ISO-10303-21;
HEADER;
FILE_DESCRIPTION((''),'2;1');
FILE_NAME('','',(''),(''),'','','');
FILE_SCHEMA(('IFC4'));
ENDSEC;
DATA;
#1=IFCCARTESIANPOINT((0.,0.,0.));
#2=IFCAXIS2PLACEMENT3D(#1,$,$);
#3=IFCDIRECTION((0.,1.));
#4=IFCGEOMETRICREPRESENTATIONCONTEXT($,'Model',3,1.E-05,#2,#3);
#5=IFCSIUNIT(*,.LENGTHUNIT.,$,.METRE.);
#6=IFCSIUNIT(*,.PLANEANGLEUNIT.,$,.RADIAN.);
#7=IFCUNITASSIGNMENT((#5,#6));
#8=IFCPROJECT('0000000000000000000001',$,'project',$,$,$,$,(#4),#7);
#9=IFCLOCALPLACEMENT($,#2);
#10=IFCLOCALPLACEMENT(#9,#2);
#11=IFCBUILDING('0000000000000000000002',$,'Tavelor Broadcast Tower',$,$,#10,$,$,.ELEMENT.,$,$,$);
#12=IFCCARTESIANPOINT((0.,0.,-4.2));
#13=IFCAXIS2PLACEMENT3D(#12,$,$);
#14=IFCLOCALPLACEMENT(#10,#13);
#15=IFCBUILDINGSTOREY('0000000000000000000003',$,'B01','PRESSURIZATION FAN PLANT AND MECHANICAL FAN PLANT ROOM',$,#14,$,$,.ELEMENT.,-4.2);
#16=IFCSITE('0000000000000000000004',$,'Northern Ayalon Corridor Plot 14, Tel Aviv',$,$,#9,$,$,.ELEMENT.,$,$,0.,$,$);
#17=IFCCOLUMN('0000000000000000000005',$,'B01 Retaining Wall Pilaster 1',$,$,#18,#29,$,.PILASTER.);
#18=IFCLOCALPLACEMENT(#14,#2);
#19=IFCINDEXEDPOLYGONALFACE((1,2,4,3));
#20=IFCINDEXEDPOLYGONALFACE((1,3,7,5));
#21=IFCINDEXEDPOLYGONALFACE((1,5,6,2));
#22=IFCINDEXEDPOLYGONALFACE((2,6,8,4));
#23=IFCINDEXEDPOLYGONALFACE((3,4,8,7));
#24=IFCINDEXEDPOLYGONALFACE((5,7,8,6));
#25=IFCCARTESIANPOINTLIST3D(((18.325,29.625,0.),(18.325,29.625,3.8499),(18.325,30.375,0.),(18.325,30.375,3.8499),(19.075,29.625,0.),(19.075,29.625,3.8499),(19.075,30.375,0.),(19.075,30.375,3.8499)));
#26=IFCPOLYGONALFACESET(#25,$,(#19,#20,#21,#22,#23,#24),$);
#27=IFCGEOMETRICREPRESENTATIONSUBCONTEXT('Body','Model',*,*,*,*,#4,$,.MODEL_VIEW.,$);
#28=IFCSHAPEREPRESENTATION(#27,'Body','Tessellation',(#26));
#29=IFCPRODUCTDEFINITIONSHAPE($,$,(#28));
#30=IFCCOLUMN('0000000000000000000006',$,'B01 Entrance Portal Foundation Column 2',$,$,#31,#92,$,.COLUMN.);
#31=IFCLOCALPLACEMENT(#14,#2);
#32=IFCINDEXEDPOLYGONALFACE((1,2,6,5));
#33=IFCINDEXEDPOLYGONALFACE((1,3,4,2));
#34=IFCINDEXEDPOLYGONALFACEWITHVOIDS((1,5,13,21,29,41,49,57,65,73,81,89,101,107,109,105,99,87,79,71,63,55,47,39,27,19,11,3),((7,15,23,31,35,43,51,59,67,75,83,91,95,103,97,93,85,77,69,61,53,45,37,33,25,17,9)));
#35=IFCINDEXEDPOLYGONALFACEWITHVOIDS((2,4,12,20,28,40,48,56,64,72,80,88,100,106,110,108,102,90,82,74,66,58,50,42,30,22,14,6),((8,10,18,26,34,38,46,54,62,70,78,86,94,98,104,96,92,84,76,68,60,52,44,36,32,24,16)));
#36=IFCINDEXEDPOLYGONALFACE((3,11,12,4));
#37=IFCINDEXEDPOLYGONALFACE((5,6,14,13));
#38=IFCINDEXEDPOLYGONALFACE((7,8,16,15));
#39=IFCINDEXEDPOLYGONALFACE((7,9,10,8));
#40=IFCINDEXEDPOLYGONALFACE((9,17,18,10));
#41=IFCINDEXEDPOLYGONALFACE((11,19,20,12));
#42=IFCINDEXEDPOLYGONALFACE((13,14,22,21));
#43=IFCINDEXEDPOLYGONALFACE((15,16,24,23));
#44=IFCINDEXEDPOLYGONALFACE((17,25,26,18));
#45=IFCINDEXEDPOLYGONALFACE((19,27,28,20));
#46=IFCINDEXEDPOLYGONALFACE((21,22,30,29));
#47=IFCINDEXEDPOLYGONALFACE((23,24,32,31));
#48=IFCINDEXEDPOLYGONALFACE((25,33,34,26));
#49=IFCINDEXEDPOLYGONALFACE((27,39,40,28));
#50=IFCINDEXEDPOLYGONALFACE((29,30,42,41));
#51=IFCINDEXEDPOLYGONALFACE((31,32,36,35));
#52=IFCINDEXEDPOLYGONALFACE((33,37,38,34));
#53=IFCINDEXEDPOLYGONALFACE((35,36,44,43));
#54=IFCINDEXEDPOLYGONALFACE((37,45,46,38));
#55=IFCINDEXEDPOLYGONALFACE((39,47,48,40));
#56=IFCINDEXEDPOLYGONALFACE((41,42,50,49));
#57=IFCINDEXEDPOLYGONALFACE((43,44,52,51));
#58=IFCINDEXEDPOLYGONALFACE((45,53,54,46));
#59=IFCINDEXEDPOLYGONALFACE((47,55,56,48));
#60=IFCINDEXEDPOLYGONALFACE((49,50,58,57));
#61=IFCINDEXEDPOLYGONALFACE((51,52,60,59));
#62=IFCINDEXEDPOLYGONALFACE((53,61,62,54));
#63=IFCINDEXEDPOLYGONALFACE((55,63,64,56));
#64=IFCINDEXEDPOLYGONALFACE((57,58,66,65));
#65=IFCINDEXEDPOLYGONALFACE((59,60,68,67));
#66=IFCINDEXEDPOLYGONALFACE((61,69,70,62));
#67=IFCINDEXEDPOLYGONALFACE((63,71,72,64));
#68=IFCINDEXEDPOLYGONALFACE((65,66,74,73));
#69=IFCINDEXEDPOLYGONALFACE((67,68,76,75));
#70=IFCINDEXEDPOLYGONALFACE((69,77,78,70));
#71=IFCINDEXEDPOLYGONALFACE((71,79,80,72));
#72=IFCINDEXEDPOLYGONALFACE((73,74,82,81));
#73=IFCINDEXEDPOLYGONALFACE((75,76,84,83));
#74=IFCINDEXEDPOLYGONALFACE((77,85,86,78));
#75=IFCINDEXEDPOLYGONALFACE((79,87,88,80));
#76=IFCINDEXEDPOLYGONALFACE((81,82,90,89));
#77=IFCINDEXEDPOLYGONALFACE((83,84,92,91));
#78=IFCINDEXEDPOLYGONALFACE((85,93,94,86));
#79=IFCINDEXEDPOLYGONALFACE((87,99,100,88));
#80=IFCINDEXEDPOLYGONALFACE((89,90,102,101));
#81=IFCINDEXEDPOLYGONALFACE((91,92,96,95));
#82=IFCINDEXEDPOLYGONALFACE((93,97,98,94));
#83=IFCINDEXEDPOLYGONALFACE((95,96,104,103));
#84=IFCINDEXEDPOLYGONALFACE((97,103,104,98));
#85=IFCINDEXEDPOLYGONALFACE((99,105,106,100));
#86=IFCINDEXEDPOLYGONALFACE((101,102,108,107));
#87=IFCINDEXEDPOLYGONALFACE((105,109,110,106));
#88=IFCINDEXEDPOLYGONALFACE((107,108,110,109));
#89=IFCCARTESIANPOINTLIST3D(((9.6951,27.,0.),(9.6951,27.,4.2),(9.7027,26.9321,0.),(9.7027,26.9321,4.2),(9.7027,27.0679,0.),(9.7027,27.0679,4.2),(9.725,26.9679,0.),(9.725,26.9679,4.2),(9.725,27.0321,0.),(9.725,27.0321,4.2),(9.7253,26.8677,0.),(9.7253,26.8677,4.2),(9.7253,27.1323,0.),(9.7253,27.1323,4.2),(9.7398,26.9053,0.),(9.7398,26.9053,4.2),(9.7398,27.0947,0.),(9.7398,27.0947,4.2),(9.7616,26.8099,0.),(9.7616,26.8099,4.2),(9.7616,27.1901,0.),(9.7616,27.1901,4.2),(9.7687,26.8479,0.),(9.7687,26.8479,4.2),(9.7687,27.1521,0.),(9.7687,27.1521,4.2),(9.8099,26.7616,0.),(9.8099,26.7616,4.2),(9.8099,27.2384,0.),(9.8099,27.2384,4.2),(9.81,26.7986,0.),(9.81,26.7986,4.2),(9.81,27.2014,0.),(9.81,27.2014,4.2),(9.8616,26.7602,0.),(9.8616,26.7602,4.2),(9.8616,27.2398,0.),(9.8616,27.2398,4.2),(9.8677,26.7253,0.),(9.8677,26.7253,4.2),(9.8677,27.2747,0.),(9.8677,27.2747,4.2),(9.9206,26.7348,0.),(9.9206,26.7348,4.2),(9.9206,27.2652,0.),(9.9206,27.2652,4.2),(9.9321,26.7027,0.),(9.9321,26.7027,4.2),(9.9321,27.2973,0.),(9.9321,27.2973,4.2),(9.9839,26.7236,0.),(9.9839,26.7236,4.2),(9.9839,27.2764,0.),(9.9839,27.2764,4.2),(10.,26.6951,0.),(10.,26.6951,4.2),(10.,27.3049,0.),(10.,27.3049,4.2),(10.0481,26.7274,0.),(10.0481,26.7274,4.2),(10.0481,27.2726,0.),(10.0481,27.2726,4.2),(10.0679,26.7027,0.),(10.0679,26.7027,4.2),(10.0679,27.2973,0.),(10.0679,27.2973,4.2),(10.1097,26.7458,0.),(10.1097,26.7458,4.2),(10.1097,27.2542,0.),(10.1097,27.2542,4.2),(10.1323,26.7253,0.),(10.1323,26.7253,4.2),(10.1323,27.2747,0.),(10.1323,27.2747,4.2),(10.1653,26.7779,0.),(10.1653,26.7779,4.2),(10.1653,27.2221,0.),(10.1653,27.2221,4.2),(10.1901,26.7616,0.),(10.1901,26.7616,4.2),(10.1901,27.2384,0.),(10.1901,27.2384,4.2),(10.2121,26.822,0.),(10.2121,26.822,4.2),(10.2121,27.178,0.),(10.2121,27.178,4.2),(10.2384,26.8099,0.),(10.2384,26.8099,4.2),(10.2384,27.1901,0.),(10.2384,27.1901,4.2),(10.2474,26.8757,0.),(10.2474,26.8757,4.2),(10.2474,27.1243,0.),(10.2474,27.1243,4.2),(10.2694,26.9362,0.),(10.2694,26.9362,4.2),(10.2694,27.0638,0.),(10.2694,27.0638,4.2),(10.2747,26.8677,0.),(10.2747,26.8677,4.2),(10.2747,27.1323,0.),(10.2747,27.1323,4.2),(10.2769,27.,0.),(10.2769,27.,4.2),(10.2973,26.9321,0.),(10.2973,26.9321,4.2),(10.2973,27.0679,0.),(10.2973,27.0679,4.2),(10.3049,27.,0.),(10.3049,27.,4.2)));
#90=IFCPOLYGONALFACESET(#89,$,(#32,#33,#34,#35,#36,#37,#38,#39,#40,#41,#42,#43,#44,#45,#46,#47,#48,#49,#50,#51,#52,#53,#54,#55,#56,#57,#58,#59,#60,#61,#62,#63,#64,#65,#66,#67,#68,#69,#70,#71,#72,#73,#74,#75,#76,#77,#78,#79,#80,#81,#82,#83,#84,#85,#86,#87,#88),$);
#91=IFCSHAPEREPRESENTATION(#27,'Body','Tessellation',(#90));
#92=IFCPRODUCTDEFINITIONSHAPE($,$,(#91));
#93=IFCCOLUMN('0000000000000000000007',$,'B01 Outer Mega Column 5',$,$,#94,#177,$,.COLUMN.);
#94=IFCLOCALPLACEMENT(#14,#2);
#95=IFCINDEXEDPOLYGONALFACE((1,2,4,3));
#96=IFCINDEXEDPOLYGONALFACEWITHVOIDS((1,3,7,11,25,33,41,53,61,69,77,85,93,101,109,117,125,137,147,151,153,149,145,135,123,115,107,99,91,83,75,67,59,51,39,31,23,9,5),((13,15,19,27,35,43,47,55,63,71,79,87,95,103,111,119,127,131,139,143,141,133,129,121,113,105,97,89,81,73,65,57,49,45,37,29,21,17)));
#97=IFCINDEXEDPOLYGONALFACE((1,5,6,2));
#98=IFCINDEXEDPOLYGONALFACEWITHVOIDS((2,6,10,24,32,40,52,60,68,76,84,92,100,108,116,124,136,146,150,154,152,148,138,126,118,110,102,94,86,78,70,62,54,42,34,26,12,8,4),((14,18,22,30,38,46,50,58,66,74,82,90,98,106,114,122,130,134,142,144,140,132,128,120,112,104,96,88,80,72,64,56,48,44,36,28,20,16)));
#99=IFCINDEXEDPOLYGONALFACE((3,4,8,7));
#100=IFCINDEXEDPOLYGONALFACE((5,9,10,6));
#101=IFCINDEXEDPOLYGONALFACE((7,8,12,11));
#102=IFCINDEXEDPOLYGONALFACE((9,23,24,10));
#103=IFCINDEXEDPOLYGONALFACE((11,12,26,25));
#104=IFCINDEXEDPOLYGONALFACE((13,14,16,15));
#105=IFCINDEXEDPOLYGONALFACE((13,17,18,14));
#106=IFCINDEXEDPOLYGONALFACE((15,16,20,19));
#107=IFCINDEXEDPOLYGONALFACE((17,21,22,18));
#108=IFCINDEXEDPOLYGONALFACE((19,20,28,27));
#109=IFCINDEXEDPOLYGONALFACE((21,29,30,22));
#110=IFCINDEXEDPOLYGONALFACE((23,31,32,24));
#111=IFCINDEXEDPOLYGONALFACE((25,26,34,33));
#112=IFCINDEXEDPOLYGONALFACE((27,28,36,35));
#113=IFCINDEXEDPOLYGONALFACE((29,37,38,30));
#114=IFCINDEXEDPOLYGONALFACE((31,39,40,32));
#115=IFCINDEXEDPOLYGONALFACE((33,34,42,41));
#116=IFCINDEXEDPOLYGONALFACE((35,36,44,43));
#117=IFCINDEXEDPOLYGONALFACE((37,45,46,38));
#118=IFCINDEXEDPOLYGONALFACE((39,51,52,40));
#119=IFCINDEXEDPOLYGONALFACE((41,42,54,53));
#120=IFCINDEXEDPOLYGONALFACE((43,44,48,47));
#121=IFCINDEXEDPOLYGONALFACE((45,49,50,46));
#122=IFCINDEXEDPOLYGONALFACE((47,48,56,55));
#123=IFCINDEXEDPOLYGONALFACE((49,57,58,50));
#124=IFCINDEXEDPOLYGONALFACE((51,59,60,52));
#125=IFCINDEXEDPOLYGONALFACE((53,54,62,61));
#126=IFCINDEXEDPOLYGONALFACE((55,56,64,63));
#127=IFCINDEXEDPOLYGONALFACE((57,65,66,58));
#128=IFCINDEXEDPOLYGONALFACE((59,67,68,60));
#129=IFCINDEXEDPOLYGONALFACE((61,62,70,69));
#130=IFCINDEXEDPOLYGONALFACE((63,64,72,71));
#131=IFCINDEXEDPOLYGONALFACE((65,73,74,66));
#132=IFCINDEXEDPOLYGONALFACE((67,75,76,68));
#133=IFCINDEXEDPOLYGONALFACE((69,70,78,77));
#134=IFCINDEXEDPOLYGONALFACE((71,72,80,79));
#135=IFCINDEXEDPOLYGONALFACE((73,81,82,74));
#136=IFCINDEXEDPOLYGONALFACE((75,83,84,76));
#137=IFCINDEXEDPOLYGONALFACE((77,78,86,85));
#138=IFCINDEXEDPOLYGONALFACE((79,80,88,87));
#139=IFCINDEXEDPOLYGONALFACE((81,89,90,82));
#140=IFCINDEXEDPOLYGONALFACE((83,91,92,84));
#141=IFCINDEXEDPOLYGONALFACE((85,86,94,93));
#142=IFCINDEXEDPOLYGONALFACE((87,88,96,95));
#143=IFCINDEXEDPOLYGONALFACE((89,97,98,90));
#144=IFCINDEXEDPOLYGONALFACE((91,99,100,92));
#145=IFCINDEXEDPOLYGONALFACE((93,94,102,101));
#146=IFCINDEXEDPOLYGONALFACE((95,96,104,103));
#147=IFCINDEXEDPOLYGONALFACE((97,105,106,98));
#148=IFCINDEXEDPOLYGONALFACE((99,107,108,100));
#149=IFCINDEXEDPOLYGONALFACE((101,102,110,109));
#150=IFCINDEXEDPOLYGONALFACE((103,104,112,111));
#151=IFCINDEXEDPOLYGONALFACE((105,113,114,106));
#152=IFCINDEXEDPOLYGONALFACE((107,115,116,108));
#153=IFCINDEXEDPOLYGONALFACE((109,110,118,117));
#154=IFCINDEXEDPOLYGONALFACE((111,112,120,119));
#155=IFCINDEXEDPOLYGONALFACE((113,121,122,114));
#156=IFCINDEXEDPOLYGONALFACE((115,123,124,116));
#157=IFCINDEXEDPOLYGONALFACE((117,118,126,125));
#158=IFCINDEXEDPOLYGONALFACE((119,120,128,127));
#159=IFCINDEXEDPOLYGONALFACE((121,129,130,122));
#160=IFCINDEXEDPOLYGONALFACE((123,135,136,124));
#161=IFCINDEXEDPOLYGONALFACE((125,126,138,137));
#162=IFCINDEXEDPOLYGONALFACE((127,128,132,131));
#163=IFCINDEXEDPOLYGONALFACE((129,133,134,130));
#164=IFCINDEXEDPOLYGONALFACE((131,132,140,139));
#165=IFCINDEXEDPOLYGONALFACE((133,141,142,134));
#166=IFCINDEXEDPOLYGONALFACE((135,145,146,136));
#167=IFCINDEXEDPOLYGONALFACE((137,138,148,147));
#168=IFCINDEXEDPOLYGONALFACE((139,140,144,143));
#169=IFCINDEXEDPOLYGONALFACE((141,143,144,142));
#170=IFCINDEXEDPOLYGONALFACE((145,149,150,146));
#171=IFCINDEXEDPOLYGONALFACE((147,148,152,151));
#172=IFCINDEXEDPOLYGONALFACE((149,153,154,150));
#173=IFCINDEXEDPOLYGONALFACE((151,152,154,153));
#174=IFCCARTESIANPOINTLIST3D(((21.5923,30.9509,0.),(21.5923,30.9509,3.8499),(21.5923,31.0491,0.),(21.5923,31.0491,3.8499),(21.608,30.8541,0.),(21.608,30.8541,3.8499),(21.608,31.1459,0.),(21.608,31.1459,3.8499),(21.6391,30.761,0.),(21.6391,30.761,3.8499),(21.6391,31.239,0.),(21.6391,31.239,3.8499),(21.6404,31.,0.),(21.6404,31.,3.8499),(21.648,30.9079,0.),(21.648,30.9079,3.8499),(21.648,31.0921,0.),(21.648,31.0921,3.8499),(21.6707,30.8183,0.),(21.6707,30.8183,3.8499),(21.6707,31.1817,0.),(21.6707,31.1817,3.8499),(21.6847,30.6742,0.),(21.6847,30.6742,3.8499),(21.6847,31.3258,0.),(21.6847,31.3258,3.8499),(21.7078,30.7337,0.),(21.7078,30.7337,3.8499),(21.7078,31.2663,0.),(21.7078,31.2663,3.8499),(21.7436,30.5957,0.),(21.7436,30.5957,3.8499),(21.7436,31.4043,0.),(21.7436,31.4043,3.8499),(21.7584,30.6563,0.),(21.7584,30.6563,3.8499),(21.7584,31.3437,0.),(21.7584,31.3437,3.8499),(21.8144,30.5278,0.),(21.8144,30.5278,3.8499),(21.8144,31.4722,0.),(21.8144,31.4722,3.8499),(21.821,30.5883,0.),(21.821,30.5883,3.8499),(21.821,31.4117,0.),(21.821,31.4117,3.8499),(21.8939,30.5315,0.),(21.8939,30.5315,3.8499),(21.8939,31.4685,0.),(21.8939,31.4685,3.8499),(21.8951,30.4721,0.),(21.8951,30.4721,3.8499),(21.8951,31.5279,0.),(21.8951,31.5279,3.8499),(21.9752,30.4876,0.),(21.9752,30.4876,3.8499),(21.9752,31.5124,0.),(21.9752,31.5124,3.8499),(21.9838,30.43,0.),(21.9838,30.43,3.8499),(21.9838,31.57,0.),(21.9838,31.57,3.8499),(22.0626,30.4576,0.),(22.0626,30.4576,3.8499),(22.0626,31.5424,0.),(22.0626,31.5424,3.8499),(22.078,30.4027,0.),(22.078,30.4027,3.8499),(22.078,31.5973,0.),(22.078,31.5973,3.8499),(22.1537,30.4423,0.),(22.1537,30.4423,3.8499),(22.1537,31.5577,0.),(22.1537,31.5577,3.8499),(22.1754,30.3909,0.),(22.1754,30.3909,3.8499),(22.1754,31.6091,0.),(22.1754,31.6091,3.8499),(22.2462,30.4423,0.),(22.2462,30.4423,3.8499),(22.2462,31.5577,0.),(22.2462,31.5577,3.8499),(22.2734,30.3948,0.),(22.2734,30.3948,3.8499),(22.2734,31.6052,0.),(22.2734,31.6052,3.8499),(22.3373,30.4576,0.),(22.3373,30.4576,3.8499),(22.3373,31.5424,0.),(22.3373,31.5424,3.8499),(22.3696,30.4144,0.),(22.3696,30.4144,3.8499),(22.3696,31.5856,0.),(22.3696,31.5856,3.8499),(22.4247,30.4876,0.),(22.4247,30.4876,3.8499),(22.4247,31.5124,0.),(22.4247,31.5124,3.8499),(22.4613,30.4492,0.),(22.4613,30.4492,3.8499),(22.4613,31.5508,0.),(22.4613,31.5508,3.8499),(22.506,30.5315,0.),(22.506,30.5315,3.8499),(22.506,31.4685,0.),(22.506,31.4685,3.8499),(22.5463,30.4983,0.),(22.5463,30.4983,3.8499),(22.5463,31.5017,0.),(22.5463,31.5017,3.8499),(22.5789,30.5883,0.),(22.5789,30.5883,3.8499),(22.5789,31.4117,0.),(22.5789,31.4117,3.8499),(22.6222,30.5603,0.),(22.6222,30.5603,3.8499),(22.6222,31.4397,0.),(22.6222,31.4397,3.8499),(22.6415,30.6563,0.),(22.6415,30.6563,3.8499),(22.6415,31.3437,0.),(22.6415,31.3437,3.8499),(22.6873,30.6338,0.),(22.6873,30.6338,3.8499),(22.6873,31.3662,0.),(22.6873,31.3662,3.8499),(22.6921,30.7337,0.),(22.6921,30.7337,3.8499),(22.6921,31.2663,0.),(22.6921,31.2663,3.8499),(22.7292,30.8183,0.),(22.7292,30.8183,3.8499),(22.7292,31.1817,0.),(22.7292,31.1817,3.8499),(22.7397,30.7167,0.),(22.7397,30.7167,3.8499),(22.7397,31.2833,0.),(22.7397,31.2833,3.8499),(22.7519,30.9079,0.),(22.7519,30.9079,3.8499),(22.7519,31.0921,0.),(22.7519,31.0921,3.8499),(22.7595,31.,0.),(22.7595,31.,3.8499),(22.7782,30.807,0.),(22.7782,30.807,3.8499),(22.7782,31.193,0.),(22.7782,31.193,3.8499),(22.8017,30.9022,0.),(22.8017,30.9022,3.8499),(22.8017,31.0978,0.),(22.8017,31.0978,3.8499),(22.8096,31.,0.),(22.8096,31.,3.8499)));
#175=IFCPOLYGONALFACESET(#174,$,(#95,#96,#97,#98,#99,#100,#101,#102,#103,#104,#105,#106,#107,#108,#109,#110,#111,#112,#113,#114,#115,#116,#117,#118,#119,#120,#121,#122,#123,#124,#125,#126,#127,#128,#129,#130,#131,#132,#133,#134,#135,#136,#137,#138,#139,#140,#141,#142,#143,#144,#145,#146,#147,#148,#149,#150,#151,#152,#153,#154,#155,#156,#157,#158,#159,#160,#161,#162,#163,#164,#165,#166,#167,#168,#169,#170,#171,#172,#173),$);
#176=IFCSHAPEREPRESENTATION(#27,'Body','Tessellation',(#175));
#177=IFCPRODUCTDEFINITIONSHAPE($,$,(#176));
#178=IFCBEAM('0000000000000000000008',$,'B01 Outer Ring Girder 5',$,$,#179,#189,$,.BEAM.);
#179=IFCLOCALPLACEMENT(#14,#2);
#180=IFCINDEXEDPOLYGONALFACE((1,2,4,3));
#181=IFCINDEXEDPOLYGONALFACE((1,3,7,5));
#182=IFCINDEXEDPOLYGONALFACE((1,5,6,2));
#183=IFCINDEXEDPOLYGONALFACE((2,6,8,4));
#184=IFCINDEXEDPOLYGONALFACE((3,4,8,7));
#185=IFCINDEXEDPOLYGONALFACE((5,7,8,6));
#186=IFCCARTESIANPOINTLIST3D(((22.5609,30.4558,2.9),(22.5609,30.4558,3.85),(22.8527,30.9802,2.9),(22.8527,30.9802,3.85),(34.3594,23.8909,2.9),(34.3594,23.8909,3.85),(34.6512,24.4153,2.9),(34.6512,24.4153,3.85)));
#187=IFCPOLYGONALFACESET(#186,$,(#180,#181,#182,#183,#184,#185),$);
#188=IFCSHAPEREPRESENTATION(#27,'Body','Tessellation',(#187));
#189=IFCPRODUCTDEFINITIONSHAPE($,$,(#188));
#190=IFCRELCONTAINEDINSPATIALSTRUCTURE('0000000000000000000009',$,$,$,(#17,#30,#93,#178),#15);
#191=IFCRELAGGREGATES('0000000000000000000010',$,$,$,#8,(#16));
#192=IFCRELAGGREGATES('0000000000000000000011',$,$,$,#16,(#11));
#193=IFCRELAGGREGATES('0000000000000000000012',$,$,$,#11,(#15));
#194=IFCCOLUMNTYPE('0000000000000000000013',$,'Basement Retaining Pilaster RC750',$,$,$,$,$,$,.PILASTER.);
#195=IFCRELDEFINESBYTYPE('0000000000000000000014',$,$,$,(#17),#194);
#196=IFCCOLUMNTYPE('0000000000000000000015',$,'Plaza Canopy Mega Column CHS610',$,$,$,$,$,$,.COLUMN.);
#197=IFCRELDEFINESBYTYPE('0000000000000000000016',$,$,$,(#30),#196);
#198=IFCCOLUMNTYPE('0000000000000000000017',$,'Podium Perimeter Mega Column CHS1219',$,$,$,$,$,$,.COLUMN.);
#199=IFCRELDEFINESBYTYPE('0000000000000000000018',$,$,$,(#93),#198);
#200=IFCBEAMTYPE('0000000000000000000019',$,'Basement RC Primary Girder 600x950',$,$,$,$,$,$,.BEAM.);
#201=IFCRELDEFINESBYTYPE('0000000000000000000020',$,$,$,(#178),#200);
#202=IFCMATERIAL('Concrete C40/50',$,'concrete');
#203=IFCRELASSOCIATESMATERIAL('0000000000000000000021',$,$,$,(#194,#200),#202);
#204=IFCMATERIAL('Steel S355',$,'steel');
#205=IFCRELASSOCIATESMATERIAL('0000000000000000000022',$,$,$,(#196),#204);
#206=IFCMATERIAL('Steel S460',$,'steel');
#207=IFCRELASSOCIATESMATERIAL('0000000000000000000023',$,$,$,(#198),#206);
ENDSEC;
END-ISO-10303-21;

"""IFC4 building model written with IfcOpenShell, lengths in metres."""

from ifc_helpers import new_model, si_unit, direction, frame, origin, origin_2d, place, context, subcontext, project, spatial, rectangle, hollow_circle, extrude, material, material_profile, profile_set, type_object, element, save


model = new_model("IFC4")

# Units and contexts
model_context = context("Model", 3, precision=1e-05, world=origin(), true_north=direction((0.0, 1.0)))
body_context = subcontext(model_context, "Body", "Model", "MODEL_VIEW")
ifc_project = project(units=[si_unit("LENGTHUNIT", "METRE"), si_unit("PLANEANGLEUNIT", "RADIAN")], contexts=[model_context])

# Site, building, storey
site_placement = place(None, origin())
site = spatial("IfcSite", under=ifc_project, at=site_placement, Name="Northern Ayalon Corridor Plot 14, Tel Aviv", CompositionType="ELEMENT", RefElevation=0.0)
building_placement = place(site_placement, origin())
building = spatial("IfcBuilding", under=site, at=building_placement, Name="Tavelor Broadcast Tower", CompositionType="ELEMENT")
storey_placement = place(building_placement, frame((0.0, 0.0, -4.2)))
storey = spatial("IfcBuildingStorey", under=building, at=storey_placement, Name="B01", Description="PRESSURIZATION FAN PLANT AND MECHANICAL FAN PLANT ROOM", CompositionType="ELEMENT", Elevation=-4.2)

# Columns
ifc_material_1 = material(Name="Concrete C40/50", Category="concrete")
ifc_material_profile_1 = material_profile(ifc_material_1, rectangle(XDim=0.75, YDim=0.75, at=origin_2d()), Name="RC 750x750")
ifc_profile_set_1 = profile_set([ifc_material_profile_1], Name="Concrete C40/50")
column_type_1 = type_object("IfcColumnType", Name="Basement Retaining Pilaster RC750", PredefinedType="PILASTER", material=ifc_profile_set_1)
column_1_placement = place(storey_placement, frame((18.7, 30.0, 0.0), z_axis=(0.0, 0.0, 1.0), x_axis=(1.0, 0.0, 0.0)))
element("IfcColumn", 1, at=column_1_placement, inside=storey, type_object=column_type_1, Name="B01 Retaining Wall Pilaster 1", PredefinedType="PILASTER", context=body_context, shape_type="SweptSolid", body=[
    extrude(rectangle(XDim=0.75, YDim=0.75, at=origin_2d()), origin(), (0.0, 0.0, 1.0), 3.8499),
])
ifc_material_2 = material(Name="Steel S355", Category="steel")
ifc_material_profile_2 = material_profile(ifc_material_2, hollow_circle(Radius=0.3049, WallThickness=0.0281, at=origin_2d()), Name="CHS 610x28")
ifc_profile_set_2 = profile_set([ifc_material_profile_2], Name="Steel S355")
column_type_2 = type_object("IfcColumnType", Name="Plaza Canopy Mega Column CHS610", PredefinedType="COLUMN", material=ifc_profile_set_2)
column_2_placement = place(storey_placement, frame((10.0, 27.0, 0.0), z_axis=(0.0, 0.0, 1.0), x_axis=(1.0, 0.0, 0.0)))
element("IfcColumn", 2, at=column_2_placement, inside=storey, type_object=column_type_2, Name="B01 Entrance Portal Foundation Column 2", PredefinedType="COLUMN", context=body_context, shape_type="SweptSolid", body=[
    extrude(hollow_circle(Radius=0.3049, WallThickness=0.0281, at=origin_2d()), origin(), (0.0, 0.0, 1.0), 4.2),
])
ifc_material_3 = material(Name="Steel S460", Category="steel")
ifc_material_profile_3 = material_profile(ifc_material_3, hollow_circle(Radius=0.6096, WallThickness=0.05, at=origin_2d()), Name="CHS 1219x50")
ifc_profile_set_3 = profile_set([ifc_material_profile_3], Name="Steel S460")
column_type_3 = type_object("IfcColumnType", Name="Podium Perimeter Mega Column CHS1219", PredefinedType="COLUMN", material=ifc_profile_set_3)
column_3_placement = place(storey_placement, frame((22.2, 31.0, 0.0), z_axis=(0.0, 0.0, 1.0), x_axis=(1.0, 0.0, 0.0)))
element("IfcColumn", 3, at=column_3_placement, inside=storey, type_object=column_type_3, Name="B01 Outer Mega Column 5", PredefinedType="COLUMN", context=body_context, shape_type="SweptSolid", body=[
    extrude(hollow_circle(Radius=0.6096, WallThickness=0.05, at=origin_2d()), origin(), (0.0, 0.0, 1.0), 3.8499),
])

# Beam
ifc_material_profile_4 = material_profile(ifc_material_1, rectangle(XDim=0.6001, YDim=0.95, at=origin_2d()), Name="RC 600x950")
ifc_profile_set_4 = profile_set([ifc_material_profile_4], Name="Concrete C40/50")
beam_type = type_object("IfcBeamType", Name="Basement RC Primary Girder 600x950", PredefinedType="BEAM", material=ifc_profile_set_4)
beam_placement = place(storey_placement, frame((22.7068, 30.718, 3.375), z_axis=(0.873837, -0.486219, 0.0), x_axis=(0.486219, 0.873837, 0.0)))
element("IfcBeam", 4, at=beam_placement, inside=storey, type_object=beam_type, Name="B01 Outer Ring Girder 5", PredefinedType="BEAM", context=body_context, shape_type="SweptSolid", body=[
    extrude(rectangle(XDim=0.6001, YDim=0.95, at=origin_2d()), origin(), (0.0, 0.0, 1.0), 13.502),
])

save(model, "model.ifc")
